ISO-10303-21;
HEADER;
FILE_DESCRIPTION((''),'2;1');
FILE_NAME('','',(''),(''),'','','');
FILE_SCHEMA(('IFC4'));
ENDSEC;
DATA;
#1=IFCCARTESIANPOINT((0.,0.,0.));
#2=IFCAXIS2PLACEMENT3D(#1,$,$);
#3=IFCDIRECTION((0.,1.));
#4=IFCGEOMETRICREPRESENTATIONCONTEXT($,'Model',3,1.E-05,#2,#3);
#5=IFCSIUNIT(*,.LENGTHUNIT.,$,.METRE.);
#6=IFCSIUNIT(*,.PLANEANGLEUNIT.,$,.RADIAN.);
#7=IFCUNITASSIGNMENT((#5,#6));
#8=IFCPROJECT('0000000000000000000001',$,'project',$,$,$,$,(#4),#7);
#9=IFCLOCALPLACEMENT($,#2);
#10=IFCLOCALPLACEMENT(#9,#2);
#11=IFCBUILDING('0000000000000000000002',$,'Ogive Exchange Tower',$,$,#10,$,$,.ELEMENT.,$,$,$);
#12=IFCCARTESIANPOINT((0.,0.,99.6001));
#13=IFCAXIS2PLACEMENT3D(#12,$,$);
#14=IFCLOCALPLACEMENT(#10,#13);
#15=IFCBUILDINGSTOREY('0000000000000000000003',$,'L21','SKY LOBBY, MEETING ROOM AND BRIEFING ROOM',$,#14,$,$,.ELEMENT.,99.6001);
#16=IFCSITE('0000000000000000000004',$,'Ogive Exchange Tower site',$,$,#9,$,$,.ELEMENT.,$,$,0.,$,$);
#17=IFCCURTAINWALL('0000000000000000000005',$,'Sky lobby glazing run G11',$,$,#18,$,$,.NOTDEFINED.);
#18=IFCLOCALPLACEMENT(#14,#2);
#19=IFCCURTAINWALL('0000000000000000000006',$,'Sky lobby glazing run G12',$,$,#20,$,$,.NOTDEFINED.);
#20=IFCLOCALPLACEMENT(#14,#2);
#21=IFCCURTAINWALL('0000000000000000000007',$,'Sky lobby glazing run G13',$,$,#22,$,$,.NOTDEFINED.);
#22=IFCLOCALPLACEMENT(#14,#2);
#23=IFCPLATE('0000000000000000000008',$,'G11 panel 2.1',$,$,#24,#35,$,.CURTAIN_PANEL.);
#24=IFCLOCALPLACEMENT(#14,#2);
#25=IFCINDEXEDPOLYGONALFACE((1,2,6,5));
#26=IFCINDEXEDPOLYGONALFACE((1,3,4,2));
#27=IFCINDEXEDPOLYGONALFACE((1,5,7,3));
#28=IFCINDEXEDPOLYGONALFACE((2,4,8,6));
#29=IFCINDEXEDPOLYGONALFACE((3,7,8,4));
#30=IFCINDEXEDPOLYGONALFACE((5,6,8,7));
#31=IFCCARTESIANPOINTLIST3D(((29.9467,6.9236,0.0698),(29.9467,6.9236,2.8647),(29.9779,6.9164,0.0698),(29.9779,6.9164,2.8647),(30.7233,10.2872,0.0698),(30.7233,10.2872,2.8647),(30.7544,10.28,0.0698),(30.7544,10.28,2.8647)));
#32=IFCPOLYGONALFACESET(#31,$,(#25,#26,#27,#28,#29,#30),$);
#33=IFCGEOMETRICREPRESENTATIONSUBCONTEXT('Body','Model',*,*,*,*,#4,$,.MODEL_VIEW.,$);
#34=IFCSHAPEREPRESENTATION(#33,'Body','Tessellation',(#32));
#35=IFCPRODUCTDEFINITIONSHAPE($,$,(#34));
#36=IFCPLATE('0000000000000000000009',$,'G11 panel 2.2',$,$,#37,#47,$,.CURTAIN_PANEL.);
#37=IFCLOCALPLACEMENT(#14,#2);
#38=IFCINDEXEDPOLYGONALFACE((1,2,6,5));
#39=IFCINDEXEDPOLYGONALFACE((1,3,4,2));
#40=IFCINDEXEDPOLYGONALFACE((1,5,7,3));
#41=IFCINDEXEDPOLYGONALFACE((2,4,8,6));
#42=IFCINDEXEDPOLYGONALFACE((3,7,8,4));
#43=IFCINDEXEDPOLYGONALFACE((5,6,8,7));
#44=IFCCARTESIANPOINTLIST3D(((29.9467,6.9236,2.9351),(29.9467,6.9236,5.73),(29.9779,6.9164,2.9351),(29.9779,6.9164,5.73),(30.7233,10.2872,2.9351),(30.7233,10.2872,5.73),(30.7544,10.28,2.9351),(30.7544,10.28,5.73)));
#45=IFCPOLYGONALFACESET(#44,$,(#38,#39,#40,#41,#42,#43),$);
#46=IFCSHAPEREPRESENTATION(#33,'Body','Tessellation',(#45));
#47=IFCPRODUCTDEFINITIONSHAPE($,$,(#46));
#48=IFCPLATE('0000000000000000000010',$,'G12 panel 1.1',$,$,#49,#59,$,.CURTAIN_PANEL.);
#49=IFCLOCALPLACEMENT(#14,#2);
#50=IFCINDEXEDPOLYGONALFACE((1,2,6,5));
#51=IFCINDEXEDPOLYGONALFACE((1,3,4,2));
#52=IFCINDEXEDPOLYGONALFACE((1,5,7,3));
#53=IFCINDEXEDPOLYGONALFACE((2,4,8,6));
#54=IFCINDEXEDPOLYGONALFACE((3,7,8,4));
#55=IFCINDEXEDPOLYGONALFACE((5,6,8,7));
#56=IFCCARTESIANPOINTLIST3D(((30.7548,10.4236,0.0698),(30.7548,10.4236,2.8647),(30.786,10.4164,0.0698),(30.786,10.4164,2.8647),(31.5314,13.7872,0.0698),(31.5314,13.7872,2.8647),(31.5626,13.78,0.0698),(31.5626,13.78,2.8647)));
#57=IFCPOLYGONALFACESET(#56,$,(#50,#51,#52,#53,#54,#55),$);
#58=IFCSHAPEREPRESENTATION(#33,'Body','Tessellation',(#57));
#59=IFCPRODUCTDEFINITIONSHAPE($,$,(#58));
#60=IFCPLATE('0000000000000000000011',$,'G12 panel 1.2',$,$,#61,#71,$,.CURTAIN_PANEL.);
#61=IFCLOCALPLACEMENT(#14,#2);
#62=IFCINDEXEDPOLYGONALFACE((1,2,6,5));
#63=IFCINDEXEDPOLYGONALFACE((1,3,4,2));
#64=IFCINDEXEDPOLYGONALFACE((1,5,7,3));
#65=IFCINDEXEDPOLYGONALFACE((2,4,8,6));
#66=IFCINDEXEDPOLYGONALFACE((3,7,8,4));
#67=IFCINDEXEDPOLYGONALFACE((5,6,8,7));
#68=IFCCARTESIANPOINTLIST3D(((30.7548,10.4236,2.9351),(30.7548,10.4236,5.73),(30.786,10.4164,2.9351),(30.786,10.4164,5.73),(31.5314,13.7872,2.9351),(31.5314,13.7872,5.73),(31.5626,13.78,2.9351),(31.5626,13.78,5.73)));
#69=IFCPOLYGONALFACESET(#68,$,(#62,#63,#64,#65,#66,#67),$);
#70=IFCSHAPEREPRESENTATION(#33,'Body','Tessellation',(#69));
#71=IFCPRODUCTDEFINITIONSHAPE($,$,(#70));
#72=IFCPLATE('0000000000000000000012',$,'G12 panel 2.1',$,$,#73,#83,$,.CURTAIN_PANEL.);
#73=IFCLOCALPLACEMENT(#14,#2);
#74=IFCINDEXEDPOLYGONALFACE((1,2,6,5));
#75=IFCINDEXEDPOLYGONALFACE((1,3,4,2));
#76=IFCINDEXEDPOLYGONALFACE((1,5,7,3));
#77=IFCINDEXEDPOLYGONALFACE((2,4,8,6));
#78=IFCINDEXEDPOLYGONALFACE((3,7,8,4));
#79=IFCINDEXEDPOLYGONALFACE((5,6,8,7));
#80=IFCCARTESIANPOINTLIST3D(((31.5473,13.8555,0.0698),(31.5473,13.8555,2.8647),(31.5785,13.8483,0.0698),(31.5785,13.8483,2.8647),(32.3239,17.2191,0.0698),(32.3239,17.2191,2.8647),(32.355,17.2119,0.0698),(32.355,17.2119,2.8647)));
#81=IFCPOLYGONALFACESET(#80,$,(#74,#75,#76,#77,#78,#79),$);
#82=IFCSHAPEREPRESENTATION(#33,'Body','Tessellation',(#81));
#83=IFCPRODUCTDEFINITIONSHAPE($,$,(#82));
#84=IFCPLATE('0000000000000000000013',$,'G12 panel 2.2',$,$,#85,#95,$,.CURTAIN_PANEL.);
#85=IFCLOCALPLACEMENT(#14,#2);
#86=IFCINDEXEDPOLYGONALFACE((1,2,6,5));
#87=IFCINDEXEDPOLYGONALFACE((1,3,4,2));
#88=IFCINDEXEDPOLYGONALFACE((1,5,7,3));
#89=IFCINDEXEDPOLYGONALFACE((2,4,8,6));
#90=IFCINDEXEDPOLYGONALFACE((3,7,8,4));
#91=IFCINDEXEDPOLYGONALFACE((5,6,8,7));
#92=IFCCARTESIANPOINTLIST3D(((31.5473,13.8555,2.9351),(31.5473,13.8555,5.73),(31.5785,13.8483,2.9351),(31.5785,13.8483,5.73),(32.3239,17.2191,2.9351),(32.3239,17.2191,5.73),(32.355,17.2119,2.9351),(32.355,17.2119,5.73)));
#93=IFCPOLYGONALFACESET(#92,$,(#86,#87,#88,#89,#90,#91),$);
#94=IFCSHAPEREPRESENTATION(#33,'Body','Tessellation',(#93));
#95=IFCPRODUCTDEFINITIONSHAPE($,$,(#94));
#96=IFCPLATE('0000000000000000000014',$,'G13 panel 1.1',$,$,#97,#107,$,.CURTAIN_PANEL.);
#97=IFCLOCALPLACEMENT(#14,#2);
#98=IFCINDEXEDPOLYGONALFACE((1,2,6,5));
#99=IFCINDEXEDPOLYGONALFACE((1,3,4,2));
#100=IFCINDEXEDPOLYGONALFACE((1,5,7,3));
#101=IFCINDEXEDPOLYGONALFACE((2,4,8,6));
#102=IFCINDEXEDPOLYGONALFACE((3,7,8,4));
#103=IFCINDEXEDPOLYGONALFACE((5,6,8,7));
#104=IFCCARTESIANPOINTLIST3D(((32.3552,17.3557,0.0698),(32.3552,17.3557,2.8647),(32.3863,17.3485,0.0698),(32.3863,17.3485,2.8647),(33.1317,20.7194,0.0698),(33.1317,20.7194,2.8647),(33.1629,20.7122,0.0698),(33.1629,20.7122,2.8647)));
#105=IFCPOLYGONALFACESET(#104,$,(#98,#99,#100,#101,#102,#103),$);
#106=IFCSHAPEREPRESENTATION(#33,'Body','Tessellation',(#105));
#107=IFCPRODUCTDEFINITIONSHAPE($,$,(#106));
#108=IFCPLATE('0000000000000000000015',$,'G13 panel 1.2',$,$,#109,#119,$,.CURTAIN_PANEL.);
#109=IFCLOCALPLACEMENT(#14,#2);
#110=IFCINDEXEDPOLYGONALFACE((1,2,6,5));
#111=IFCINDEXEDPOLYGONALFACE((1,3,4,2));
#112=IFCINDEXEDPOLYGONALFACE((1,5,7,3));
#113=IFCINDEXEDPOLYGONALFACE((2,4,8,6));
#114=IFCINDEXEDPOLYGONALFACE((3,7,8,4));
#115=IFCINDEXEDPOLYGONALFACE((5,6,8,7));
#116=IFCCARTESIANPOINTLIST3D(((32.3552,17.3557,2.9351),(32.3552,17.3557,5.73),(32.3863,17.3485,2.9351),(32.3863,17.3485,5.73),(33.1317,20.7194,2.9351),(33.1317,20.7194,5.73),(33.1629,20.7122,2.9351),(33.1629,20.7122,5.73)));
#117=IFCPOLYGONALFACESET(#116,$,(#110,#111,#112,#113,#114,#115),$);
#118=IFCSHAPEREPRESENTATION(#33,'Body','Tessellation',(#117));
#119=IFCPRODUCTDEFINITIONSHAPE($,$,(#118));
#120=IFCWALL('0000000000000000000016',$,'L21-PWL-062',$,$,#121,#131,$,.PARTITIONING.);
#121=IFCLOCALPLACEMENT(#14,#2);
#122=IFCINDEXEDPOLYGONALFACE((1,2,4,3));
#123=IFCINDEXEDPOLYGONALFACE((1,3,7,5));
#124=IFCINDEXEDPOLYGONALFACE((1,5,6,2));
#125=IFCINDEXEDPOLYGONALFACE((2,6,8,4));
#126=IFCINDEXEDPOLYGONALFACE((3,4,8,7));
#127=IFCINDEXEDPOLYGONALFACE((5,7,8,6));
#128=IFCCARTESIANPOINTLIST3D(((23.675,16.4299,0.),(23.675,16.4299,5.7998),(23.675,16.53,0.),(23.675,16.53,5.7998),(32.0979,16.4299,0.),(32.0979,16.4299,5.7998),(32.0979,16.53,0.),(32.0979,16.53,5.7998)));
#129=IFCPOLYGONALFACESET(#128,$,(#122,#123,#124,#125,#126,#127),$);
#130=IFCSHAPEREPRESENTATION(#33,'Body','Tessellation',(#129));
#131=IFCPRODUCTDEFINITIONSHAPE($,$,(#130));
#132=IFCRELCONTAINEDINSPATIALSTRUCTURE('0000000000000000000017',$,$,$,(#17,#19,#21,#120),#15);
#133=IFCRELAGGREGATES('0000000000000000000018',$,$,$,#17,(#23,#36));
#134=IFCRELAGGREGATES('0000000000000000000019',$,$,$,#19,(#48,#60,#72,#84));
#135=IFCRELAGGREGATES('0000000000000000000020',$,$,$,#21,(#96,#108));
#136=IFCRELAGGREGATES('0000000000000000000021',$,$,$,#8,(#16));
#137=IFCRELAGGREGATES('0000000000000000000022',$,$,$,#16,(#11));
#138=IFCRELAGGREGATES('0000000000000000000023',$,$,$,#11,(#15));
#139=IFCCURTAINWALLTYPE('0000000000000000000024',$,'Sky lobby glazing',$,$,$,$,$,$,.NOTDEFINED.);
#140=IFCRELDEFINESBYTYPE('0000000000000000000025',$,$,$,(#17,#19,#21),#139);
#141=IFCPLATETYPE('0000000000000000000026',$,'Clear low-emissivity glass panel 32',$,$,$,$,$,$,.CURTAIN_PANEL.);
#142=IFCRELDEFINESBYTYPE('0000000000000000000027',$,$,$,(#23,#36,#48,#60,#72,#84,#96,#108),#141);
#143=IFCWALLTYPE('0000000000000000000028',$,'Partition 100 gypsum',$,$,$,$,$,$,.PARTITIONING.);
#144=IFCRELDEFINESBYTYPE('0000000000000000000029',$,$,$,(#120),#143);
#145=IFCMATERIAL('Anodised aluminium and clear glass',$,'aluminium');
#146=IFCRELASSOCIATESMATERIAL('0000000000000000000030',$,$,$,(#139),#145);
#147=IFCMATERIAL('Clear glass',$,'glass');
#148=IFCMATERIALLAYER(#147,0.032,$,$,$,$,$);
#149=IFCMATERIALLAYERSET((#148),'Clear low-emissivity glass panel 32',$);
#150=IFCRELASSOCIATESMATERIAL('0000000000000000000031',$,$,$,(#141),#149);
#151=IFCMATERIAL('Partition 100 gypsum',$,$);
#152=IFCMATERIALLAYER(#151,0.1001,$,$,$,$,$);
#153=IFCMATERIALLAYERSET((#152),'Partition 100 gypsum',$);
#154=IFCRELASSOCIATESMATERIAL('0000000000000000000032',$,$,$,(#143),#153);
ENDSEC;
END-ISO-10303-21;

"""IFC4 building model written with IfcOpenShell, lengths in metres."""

from ifc_helpers import new_model, si_unit, direction, frame, frame_2d, origin, origin_2d, place, context, subcontext, project, spatial, rectangle, extrude, material, layer, layer_set, type_object, element, aggregate, save


model = new_model("IFC4")

# Units and contexts
model_context = context("Model", 3, precision=1e-05, world=origin(), true_north=direction((0.0, 1.0)))
body_context = subcontext(model_context, "Body", "Model", "MODEL_VIEW")
ifc_project = project(units=[si_unit("LENGTHUNIT", "METRE"), si_unit("PLANEANGLEUNIT", "RADIAN")], contexts=[model_context])

# Site, building, storey
site_placement = place(None, origin())
site = spatial("IfcSite", under=ifc_project, at=site_placement, Name="Ogive Exchange Tower site", CompositionType="ELEMENT", RefElevation=0.0)
building_placement = place(site_placement, origin())
building = spatial("IfcBuilding", under=site, at=building_placement, Name="Ogive Exchange Tower", CompositionType="ELEMENT")
storey_placement = place(building_placement, frame((0.0, 0.0, 99.6001)))
storey = spatial("IfcBuildingStorey", under=building, at=storey_placement, Name="L21", Description="SKY LOBBY, MEETING ROOM AND BRIEFING ROOM", CompositionType="ELEMENT", Elevation=99.6001)

# Curtain walls
ifc_material_1 = material(Name="Anodised aluminium and clear glass", Category="aluminium")
curtain_wall_type = type_object("IfcCurtainWallType", Name="Sky lobby glazing", PredefinedType="NOTDEFINED", material=ifc_material_1)
curtain_wall_1_placement = place(storey_placement, origin())
curtain_wall_1 = element("IfcCurtainWall", 1, at=curtain_wall_1_placement, inside=storey, type_object=curtain_wall_type, Name="Sky lobby glazing run G11", PredefinedType="NOTDEFINED")
curtain_wall_2_placement = place(storey_placement, origin())
curtain_wall_2 = element("IfcCurtainWall", 2, at=curtain_wall_2_placement, inside=storey, type_object=curtain_wall_type, Name="Sky lobby glazing run G12", PredefinedType="NOTDEFINED")
curtain_wall_3_placement = place(storey_placement, origin())
curtain_wall_3 = element("IfcCurtainWall", 3, at=curtain_wall_3_placement, inside=storey, type_object=curtain_wall_type, Name="Sky lobby glazing run G13", PredefinedType="NOTDEFINED")

# Plates
ifc_material_2 = material(Name="Clear glass", Category="glass")
ifc_layer_1 = layer(ifc_material_2, 0.032)
ifc_layer_set_1 = layer_set([ifc_layer_1], Name="Clear low-emissivity glass panel 32")
plate_type = type_object("IfcPlateType", Name="Clear low-emissivity glass panel 32", PredefinedType="CURTAIN_PANEL", material=ifc_layer_set_1)
plate_1_placement = place(storey_placement, frame((30.3506, 8.6018, 0.0698), z_axis=(0.0, 0.0, 1.0), x_axis=(0.224944, 0.974372, 0.0)))
plate_1 = element("IfcPlate", 4, at=plate_1_placement, type_object=plate_type, Name="G11 panel 2.1", PredefinedType="CURTAIN_PANEL", context=body_context, shape_type="SweptSolid", body=[
    extrude(rectangle(XDim=3.4521, YDim=0.032, at=origin_2d()), origin(), (0.0, 0.0, 1.0), 2.7949),
])
plate_2_placement = place(storey_placement, frame((30.3506, 8.6018, 2.9351), z_axis=(0.0, 0.0, 1.0), x_axis=(0.224944, 0.974372, 0.0)))
plate_2 = element("IfcPlate", 5, at=plate_2_placement, type_object=plate_type, Name="G11 panel 2.2", PredefinedType="CURTAIN_PANEL", context=body_context, shape_type="SweptSolid", body=[
    extrude(rectangle(XDim=3.4521, YDim=0.032, at=origin_2d()), origin(), (0.0, 0.0, 1.0), 2.7949),
])
aggregate(curtain_wall_1, [plate_1, plate_2])
plate_3_placement = place(storey_placement, frame((31.1587, 12.1018, 0.0698), z_axis=(0.0, 0.0, 1.0), x_axis=(0.224954, 0.974369, 0.0)))
plate_3 = element("IfcPlate", 6, at=plate_3_placement, type_object=plate_type, Name="G12 panel 1.1", PredefinedType="CURTAIN_PANEL", context=body_context, shape_type="SweptSolid", body=[
    extrude(rectangle(XDim=3.4521, YDim=0.032, at=origin_2d()), origin(), (0.0, 0.0, 1.0), 2.7949),
])
plate_4_placement = place(storey_placement, frame((31.1587, 12.1018, 2.9351), z_axis=(0.0, 0.0, 1.0), x_axis=(0.224954, 0.974369, 0.0)))
plate_4 = element("IfcPlate", 7, at=plate_4_placement, type_object=plate_type, Name="G12 panel 1.2", PredefinedType="CURTAIN_PANEL", context=body_context, shape_type="SweptSolid", body=[
    extrude(rectangle(XDim=3.4521, YDim=0.032, at=origin_2d()), origin(), (0.0, 0.0, 1.0), 2.7949),
])
plate_5_placement = place(storey_placement, frame((31.9512, 15.5337, 0.0698), z_axis=(0.0, 0.0, 1.0), x_axis=(0.224954, 0.974369, 0.0)))
plate_5 = element("IfcPlate", 8, at=plate_5_placement, type_object=plate_type, Name="G12 panel 2.1", PredefinedType="CURTAIN_PANEL", context=body_context, shape_type="SweptSolid", body=[
    extrude(rectangle(XDim=3.4521, YDim=0.032, at=origin_2d()), origin(), (0.0, 0.0, 1.0), 2.7949),
])
plate_6_placement = place(storey_placement, frame((31.9512, 15.5337, 2.9351), z_axis=(0.0, 0.0, 1.0), x_axis=(0.224954, 0.974369, 0.0)))
plate_6 = element("IfcPlate", 9, at=plate_6_placement, type_object=plate_type, Name="G12 panel 2.2", PredefinedType="CURTAIN_PANEL", context=body_context, shape_type="SweptSolid", body=[
    extrude(rectangle(XDim=3.4521, YDim=0.032, at=origin_2d()), origin(), (0.0, 0.0, 1.0), 2.7949),
])
aggregate(curtain_wall_2, [plate_3, plate_4, plate_5, plate_6])
plate_7_placement = place(storey_placement, frame((32.759, 19.0339, 0.0698), z_axis=(0.0, 0.0, 1.0), x_axis=(0.224957, 0.974369, 0.0)))
plate_7 = element("IfcPlate", 10, at=plate_7_placement, type_object=plate_type, Name="G13 panel 1.1", PredefinedType="CURTAIN_PANEL", context=body_context, shape_type="SweptSolid", body=[
    extrude(rectangle(XDim=3.4521, YDim=0.032, at=origin_2d()), origin(), (0.0, 0.0, 1.0), 2.7949),
])
plate_8_placement = place(storey_placement, frame((32.759, 19.0339, 2.9351), z_axis=(0.0, 0.0, 1.0), x_axis=(0.224957, 0.974369, 0.0)))
plate_8 = element("IfcPlate", 11, at=plate_8_placement, type_object=plate_type, Name="G13 panel 1.2", PredefinedType="CURTAIN_PANEL", context=body_context, shape_type="SweptSolid", body=[
    extrude(rectangle(XDim=3.4521, YDim=0.032, at=origin_2d()), origin(), (0.0, 0.0, 1.0), 2.7949),
])
aggregate(curtain_wall_3, [plate_7, plate_8])

# Wall
ifc_material_3 = material(Name="Partition 100 gypsum")
ifc_layer_2 = layer(ifc_material_3, 0.1001)
ifc_layer_set_2 = layer_set([ifc_layer_2], Name="Partition 100 gypsum")
wall_type = type_object("IfcWallType", Name="Partition 100 gypsum", PredefinedType="PARTITIONING", material=ifc_layer_set_2)
wall_placement = place(storey_placement, frame((23.675, 16.48, 0.0), z_axis=(0.0, 0.0, 1.0), x_axis=(1.0, 0.0, 0.0)))
element("IfcWall", 12, at=wall_placement, inside=storey, type_object=wall_type, Name="L21-PWL-062", PredefinedType="PARTITIONING", context=body_context, shape_type="SweptSolid", body=[
    extrude(rectangle(XDim=8.4229, YDim=0.1001, at=frame_2d((4.2114, 0.0))), origin(), (0.0, 0.0, 1.0), 5.7998),
])

save(model, "model.ifc")
